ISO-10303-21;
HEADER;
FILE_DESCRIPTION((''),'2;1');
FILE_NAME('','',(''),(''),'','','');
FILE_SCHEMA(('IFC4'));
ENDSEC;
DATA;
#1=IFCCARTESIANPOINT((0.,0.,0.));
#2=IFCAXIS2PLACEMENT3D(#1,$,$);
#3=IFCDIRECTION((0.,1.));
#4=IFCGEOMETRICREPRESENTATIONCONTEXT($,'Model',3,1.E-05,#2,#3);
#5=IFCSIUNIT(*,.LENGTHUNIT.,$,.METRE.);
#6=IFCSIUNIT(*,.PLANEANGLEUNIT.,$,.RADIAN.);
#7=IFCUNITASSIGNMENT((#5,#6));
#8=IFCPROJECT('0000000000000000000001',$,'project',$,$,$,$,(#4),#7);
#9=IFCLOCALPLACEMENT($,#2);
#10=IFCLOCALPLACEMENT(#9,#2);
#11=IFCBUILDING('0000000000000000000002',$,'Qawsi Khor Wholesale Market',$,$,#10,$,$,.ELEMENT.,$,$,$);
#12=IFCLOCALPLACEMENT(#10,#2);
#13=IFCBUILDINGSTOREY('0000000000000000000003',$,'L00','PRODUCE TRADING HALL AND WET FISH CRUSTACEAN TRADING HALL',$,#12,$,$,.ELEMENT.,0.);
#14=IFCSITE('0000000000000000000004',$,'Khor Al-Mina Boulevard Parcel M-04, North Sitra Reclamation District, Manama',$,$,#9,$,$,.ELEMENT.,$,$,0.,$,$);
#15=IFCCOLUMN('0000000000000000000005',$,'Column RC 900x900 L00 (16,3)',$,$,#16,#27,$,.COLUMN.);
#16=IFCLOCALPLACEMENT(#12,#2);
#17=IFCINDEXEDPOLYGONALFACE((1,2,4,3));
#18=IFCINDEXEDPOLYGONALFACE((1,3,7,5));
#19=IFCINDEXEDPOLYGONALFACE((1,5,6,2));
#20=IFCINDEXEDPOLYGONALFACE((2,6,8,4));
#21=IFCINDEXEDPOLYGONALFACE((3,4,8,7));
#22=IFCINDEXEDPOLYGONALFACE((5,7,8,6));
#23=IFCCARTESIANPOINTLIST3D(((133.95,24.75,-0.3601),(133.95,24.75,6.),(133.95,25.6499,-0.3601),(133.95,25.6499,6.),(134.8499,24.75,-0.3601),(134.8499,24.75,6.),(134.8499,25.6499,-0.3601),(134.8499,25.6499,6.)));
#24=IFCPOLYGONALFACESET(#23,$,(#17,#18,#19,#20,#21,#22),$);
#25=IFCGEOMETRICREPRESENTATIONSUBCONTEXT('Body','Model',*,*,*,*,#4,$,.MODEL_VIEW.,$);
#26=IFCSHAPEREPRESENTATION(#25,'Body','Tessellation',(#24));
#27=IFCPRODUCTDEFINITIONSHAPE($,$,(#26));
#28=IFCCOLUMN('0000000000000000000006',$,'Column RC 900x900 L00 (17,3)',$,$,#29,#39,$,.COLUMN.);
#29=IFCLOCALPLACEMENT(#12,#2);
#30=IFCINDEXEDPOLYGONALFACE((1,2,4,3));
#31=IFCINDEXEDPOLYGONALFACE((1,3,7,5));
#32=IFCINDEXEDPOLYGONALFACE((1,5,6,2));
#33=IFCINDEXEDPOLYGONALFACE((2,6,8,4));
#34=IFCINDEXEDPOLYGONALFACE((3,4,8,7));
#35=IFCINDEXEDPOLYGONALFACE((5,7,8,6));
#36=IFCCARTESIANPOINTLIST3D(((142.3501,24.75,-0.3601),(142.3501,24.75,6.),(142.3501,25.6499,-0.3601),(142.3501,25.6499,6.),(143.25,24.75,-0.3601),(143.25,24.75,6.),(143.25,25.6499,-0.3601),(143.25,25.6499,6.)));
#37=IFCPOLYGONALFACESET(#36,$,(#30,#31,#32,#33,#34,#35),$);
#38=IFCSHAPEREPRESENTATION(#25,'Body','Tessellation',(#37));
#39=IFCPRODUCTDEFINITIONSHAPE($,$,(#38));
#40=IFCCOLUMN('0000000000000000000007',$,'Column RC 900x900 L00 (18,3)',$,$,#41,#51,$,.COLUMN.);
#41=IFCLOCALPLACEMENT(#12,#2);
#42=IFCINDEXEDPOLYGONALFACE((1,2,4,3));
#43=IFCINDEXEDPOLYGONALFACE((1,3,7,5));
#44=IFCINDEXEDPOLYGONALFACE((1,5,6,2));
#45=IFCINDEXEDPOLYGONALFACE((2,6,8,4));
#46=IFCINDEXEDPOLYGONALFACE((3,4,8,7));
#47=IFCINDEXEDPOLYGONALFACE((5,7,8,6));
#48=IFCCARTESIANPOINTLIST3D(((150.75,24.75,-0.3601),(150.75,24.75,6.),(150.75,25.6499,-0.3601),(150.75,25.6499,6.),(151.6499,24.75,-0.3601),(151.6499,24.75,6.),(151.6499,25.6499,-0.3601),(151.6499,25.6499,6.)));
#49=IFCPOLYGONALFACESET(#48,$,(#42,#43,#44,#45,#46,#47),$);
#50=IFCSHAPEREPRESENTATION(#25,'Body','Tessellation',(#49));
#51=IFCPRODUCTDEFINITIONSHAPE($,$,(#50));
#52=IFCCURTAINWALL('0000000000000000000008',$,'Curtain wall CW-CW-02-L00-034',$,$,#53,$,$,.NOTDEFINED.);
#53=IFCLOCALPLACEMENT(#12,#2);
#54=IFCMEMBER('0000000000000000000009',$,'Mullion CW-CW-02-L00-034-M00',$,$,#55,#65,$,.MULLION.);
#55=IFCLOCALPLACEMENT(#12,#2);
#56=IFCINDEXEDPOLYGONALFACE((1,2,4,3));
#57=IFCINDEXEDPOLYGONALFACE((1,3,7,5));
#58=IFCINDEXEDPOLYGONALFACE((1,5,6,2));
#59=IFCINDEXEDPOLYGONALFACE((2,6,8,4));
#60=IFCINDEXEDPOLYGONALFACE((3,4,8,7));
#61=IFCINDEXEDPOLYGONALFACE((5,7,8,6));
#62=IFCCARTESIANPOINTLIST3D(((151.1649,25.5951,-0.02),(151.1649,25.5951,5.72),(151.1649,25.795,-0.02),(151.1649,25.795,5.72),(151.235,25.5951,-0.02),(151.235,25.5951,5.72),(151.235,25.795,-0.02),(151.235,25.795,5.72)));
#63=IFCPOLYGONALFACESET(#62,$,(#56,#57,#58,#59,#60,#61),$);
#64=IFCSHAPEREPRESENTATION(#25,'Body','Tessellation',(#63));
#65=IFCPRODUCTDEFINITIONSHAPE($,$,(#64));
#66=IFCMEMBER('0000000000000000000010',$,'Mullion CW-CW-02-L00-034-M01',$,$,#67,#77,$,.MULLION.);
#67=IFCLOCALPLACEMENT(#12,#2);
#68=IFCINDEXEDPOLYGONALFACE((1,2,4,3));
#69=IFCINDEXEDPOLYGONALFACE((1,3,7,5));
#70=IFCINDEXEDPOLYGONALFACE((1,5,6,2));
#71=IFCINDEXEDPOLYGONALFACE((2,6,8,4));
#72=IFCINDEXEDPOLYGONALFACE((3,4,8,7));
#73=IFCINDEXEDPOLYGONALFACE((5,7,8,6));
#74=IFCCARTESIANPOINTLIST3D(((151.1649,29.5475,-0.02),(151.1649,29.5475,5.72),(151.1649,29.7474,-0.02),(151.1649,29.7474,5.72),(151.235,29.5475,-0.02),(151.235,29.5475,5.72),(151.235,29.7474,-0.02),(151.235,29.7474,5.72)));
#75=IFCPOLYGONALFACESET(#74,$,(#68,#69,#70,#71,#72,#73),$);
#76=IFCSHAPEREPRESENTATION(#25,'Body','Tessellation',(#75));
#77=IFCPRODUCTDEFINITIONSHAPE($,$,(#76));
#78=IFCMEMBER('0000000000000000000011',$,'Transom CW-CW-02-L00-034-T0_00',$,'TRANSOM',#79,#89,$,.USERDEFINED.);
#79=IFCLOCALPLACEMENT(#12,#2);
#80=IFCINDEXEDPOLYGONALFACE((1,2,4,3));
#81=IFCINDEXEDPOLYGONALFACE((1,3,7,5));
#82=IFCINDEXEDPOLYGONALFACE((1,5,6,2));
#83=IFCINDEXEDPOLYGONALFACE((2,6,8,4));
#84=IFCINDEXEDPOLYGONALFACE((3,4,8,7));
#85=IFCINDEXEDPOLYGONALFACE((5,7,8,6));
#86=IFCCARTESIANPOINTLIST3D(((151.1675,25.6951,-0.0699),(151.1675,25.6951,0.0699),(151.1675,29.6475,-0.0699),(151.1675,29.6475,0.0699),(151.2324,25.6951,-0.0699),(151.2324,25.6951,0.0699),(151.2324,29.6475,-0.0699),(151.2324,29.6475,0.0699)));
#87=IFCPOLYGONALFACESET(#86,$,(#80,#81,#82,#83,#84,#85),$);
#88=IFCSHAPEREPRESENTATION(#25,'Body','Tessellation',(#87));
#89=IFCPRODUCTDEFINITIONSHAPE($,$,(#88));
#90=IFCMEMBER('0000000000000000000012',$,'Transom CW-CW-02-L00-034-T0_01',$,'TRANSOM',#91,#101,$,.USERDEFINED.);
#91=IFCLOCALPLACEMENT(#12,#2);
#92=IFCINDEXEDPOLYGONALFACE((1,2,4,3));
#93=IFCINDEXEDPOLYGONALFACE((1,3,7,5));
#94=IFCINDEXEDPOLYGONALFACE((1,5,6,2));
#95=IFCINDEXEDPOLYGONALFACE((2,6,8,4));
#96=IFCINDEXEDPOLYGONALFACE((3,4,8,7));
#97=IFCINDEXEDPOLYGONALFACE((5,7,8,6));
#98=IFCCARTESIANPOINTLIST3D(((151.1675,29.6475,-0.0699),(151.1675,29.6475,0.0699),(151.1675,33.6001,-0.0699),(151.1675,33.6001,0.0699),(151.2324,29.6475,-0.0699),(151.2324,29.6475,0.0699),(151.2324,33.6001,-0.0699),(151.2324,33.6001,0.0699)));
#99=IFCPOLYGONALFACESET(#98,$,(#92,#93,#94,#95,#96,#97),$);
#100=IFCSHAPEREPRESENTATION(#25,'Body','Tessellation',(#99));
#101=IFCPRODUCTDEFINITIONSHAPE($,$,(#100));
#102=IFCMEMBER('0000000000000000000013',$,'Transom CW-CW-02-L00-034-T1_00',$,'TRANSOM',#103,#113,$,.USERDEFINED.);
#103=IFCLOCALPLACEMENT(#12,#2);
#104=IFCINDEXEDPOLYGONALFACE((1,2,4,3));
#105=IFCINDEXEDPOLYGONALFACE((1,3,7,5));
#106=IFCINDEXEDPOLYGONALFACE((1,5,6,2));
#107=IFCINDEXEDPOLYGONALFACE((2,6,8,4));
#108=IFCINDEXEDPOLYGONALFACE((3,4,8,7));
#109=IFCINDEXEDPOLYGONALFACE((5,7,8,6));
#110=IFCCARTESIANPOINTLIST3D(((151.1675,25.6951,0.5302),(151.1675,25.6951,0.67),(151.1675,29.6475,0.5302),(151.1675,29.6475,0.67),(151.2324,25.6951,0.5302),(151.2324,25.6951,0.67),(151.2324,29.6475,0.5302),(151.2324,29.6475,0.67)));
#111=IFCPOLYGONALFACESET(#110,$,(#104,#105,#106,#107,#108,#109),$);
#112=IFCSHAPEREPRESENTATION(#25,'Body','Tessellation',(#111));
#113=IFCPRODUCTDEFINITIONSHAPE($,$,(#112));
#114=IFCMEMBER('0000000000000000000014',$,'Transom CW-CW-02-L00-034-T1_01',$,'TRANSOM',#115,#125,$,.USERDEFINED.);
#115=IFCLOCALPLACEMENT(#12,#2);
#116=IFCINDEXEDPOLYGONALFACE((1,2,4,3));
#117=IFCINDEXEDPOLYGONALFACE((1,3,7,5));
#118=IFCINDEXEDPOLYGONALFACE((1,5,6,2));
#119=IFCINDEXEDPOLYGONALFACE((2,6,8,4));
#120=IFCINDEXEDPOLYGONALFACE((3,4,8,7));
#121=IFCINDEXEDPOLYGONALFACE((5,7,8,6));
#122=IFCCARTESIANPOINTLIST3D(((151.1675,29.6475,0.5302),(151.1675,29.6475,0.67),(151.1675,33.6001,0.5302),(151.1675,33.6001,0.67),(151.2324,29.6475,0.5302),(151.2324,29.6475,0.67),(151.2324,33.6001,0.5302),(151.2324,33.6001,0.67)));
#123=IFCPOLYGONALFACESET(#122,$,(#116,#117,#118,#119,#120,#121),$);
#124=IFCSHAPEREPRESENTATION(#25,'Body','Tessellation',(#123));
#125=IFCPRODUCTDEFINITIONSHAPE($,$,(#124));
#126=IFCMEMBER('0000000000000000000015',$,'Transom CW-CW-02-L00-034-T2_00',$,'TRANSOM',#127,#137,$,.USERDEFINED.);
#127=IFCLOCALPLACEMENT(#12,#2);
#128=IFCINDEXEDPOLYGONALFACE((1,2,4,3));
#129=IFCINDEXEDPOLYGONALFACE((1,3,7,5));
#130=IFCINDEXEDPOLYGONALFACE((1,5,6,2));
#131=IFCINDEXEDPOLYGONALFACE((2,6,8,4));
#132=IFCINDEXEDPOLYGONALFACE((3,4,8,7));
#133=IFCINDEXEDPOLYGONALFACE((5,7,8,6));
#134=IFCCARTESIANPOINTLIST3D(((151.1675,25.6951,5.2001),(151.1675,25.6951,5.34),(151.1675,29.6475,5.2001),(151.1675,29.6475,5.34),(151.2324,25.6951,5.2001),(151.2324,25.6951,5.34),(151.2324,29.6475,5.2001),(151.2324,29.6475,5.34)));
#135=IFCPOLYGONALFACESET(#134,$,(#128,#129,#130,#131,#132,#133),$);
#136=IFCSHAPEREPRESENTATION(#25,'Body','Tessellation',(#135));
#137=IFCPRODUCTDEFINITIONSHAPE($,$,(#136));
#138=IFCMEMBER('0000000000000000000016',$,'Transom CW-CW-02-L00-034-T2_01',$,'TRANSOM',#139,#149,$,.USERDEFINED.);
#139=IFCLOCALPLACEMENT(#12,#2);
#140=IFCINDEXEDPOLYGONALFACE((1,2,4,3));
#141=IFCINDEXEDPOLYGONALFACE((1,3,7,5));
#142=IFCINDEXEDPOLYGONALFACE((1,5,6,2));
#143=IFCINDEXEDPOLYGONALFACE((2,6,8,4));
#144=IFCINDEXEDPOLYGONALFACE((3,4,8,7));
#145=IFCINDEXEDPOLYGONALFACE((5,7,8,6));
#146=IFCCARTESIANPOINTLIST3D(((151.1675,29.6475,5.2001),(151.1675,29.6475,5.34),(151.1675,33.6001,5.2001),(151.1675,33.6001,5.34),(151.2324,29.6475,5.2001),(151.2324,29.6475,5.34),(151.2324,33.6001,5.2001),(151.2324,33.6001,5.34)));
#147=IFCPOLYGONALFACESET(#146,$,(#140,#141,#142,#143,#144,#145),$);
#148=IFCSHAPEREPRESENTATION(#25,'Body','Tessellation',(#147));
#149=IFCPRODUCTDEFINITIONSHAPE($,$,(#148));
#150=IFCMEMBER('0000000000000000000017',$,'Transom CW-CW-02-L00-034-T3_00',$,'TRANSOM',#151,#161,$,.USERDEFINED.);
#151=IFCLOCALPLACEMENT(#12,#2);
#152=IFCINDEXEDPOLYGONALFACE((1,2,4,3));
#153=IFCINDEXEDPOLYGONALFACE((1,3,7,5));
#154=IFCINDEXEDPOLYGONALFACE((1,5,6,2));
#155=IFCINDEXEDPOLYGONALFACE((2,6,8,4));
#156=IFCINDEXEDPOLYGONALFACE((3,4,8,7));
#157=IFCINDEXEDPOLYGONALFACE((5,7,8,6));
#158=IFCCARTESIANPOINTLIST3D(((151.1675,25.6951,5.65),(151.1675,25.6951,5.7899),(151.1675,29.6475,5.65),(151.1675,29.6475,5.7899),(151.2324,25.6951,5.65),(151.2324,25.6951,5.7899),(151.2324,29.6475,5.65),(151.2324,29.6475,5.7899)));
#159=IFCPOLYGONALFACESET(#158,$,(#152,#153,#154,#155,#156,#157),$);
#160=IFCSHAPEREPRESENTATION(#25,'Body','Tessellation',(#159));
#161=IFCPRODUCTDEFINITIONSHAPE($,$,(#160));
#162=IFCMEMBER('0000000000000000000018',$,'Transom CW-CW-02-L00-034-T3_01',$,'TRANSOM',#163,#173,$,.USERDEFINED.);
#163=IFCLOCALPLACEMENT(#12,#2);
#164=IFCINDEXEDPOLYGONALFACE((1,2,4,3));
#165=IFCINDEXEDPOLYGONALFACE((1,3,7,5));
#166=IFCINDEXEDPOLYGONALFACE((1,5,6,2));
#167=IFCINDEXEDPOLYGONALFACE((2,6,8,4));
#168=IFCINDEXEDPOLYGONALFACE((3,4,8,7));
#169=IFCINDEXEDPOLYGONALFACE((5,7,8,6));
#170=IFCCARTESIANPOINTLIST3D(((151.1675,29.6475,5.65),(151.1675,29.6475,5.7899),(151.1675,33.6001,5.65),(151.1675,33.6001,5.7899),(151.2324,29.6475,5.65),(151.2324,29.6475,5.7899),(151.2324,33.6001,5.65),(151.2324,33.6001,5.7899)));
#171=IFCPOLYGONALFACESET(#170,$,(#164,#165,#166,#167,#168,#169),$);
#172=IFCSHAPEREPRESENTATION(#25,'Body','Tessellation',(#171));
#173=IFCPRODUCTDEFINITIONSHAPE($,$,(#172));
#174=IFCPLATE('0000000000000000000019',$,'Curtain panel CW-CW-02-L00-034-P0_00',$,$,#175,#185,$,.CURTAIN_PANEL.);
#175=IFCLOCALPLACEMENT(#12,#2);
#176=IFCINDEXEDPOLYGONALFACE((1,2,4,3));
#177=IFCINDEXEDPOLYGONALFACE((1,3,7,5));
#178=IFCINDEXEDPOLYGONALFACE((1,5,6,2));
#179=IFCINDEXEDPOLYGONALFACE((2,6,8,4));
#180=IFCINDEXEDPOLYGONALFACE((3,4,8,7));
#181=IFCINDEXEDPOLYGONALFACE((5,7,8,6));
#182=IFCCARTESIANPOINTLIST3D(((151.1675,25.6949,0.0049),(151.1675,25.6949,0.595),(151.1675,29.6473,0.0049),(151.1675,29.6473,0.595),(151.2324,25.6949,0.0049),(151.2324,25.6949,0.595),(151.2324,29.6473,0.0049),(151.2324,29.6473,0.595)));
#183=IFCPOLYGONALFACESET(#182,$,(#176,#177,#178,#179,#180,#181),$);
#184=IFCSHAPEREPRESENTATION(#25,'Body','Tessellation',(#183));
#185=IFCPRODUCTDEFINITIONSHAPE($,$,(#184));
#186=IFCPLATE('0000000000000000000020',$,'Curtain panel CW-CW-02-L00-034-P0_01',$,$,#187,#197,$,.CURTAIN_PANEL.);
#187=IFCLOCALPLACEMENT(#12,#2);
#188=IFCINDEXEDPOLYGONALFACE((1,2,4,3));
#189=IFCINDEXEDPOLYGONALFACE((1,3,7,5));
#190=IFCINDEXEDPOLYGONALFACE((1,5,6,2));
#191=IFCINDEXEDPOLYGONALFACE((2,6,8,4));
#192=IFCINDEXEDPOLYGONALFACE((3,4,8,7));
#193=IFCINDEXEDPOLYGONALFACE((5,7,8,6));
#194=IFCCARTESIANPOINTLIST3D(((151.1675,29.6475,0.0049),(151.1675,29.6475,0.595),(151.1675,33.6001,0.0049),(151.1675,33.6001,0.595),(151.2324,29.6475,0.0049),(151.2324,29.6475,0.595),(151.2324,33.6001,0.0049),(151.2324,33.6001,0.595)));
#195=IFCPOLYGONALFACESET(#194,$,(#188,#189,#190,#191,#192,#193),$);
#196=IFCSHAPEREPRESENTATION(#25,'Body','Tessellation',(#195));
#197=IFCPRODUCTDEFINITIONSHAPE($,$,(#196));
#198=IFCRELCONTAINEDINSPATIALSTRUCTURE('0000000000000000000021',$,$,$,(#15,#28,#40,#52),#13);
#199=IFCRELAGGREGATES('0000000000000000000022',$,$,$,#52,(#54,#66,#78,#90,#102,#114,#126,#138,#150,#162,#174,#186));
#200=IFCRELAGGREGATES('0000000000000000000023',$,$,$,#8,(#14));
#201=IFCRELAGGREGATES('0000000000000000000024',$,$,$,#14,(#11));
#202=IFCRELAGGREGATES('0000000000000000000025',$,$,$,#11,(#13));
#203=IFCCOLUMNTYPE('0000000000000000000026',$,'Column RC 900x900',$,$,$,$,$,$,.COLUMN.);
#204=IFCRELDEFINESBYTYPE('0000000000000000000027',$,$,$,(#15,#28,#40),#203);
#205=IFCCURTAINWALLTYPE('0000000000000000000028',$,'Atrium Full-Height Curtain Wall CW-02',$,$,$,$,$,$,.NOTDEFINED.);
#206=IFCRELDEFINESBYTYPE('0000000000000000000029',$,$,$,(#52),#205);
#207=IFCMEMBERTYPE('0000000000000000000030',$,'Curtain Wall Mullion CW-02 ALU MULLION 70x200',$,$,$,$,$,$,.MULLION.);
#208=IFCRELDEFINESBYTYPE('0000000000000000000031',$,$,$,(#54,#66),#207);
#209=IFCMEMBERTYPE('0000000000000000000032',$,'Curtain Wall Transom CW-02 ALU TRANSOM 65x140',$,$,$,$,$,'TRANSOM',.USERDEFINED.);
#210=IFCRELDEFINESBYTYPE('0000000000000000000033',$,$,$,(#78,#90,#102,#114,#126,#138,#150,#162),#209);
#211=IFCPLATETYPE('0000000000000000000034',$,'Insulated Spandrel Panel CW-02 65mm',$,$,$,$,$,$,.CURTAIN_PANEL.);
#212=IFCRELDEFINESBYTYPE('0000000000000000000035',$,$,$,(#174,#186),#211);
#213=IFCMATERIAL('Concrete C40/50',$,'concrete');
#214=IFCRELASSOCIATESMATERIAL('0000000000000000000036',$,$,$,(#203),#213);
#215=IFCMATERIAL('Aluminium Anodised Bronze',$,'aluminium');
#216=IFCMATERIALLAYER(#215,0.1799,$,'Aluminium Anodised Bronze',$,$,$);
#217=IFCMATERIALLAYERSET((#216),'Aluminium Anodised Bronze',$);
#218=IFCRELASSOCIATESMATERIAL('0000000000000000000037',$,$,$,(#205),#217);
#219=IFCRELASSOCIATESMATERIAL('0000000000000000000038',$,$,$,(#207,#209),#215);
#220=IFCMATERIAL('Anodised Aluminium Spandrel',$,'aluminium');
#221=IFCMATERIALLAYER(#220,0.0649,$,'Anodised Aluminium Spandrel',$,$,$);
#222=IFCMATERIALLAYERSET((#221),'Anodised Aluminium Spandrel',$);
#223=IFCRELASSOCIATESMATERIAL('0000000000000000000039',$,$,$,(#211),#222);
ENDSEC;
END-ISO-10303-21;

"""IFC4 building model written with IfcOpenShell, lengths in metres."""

from ifc_helpers import new_model, si_unit, direction, frame, frame_2d, origin, origin_2d, place, context, subcontext, project, spatial, rectangle, extrude, material, layer, layer_set, material_profile, profile_set, type_object, element, aggregate, save


model = new_model("IFC4")

# Units and contexts
model_context = context("Model", 3, precision=1e-05, world=origin(), true_north=direction((0.0, 1.0)))
body_context = subcontext(model_context, "Body", "Model", "MODEL_VIEW")
ifc_project = project(units=[si_unit("LENGTHUNIT", "METRE"), si_unit("PLANEANGLEUNIT", "RADIAN")], contexts=[model_context])

# Site, building, storey
site_placement = place(None, origin())
site = spatial("IfcSite", under=ifc_project, at=site_placement, Name="Khor Al-Mina Boulevard Parcel M-04, North Sitra Reclamation District, Manama", CompositionType="ELEMENT", RefElevation=0.0)
building_placement = place(site_placement, origin())
building = spatial("IfcBuilding", under=site, at=building_placement, Name="Qawsi Khor Wholesale Market", CompositionType="ELEMENT")
storey_placement = place(building_placement, origin())
storey = spatial("IfcBuildingStorey", under=building, at=storey_placement, Name="L00", Description="PRODUCE TRADING HALL AND WET FISH CRUSTACEAN TRADING HALL", CompositionType="ELEMENT", Elevation=0.0)

# Columns
ifc_material_1 = material(Name="Concrete C40/50", Category="concrete")
ifc_material_profile_1 = material_profile(ifc_material_1, rectangle(XDim=0.8999, YDim=0.8999, at=origin_2d()), Name="RC 900x900")
ifc_profile_set_1 = profile_set([ifc_material_profile_1], Name="Concrete C40/50")
column_type = type_object("IfcColumnType", Name="Column RC 900x900", PredefinedType="COLUMN", material=ifc_profile_set_1)
for number, where, z_axis, x_axis, name in (
    (1, (134.3999, 25.2, -0.3601), (0.0, 0.0, 1.0), (1.0, 0.0, 0.0), "Column RC 900x900 L00 (16,3)"),
    (2, (142.8, 25.2, -0.3601), (0.0, 0.0, 1.0), (1.0, 0.0, 0.0), "Column RC 900x900 L00 (17,3)"),
    (3, (151.2, 25.2, -0.3601), (0.0, 0.0, 1.0), (1.0, 0.0, 0.0), "Column RC 900x900 L00 (18,3)"),
):
    element("IfcColumn", number, at=place(storey_placement, frame(where, z_axis=z_axis, x_axis=x_axis)), inside=storey, type_object=column_type, Name=name, PredefinedType="COLUMN", context=body_context, shape_type="SweptSolid", body=[
        extrude(rectangle(XDim=0.8999, YDim=0.8999, at=origin_2d()), origin(), (0.0, 0.0, 1.0), 6.3601),
    ])

# Curtain wall, members, plates
ifc_material_2 = material(Name="Aluminium Anodised Bronze", Category="aluminium")
ifc_layer_1 = layer(ifc_material_2, 0.1799, Name="Aluminium Anodised Bronze")
ifc_layer_set_1 = layer_set([ifc_layer_1], Name="Aluminium Anodised Bronze")
curtain_wall_type = type_object("IfcCurtainWallType", Name="Atrium Full-Height Curtain Wall CW-02", PredefinedType="NOTDEFINED", material=ifc_layer_set_1)
curtain_wall_placement = place(storey_placement, origin())
curtain_wall = element("IfcCurtainWall", 4, at=curtain_wall_placement, inside=storey, type_object=curtain_wall_type, Name="Curtain wall CW-CW-02-L00-034", PredefinedType="NOTDEFINED")
ifc_material_profile_2 = material_profile(ifc_material_2, rectangle(XDim=0.0701, YDim=0.2, at=origin_2d()), Name="ALU MULLION 70x200")
ifc_profile_set_2 = profile_set([ifc_material_profile_2], Name="Aluminium Anodised Bronze")
member_type_1 = type_object("IfcMemberType", Name="Curtain Wall Mullion CW-02 ALU MULLION 70x200", PredefinedType="MULLION", material=ifc_profile_set_2)
member_1_placement = place(storey_placement, frame((151.2, 25.6951, -0.02), z_axis=(0.0, 0.0, 1.0), x_axis=(1.0, 0.0, 0.0)))
member_1 = element("IfcMember", 5, at=member_1_placement, type_object=member_type_1, Name="Mullion CW-CW-02-L00-034-M00", PredefinedType="MULLION", context=body_context, shape_type="SweptSolid", body=[
    extrude(rectangle(XDim=0.0701, YDim=0.2, at=origin_2d()), origin(), (0.0, 0.0, 1.0), 5.74),
])
member_2_placement = place(storey_placement, frame((151.2, 29.6475, -0.02), z_axis=(0.0, 0.0, 1.0), x_axis=(1.0, 0.0, 0.0)))
member_2 = element("IfcMember", 6, at=member_2_placement, type_object=member_type_1, Name="Mullion CW-CW-02-L00-034-M01", PredefinedType="MULLION", context=body_context, shape_type="SweptSolid", body=[
    extrude(rectangle(XDim=0.0701, YDim=0.2, at=origin_2d()), origin(), (0.0, 0.0, 1.0), 5.74),
])
ifc_material_profile_3 = material_profile(ifc_material_2, rectangle(XDim=0.0649, YDim=0.1399, at=origin_2d()), Name="ALU TRANSOM 65x140")
ifc_profile_set_3 = profile_set([ifc_material_profile_3], Name="Aluminium Anodised Bronze")
member_type_2 = type_object("IfcMemberType", Name="Curtain Wall Transom CW-02 ALU TRANSOM 65x140", ElementType="TRANSOM", PredefinedType="USERDEFINED", material=ifc_profile_set_3)
member_3_placement = place(storey_placement, frame((151.2, 25.6951, 0.0), z_axis=(0.0, 1.0, 0.0), x_axis=(-1.0, 0.0, 0.0)))
member_3 = element("IfcMember", 7, at=member_3_placement, type_object=member_type_2, Name="Transom CW-CW-02-L00-034-T0_00", ObjectType="TRANSOM", PredefinedType="USERDEFINED", context=body_context, shape_type="SweptSolid", body=[
    extrude(rectangle(XDim=0.0649, YDim=0.1399, at=origin_2d()), origin(), (0.0, 0.0, 1.0), 3.9524),
])
member_4_placement = place(storey_placement, frame((151.2, 29.6475, 0.0), z_axis=(0.0, 1.0, 0.0), x_axis=(-1.0, 0.0, 0.0)))
member_4 = element("IfcMember", 8, at=member_4_placement, type_object=member_type_2, Name="Transom CW-CW-02-L00-034-T0_01", ObjectType="TRANSOM", PredefinedType="USERDEFINED", context=body_context, shape_type="SweptSolid", body=[
    extrude(rectangle(XDim=0.0649, YDim=0.1399, at=origin_2d()), origin(), (0.0, 0.0, 1.0), 3.9526),
])
member_5_placement = place(storey_placement, frame((151.2, 25.6951, 0.6001), z_axis=(0.0, 1.0, 0.0), x_axis=(-1.0, 0.0, 0.0)))
member_5 = element("IfcMember", 9, at=member_5_placement, type_object=member_type_2, Name="Transom CW-CW-02-L00-034-T1_00", ObjectType="TRANSOM", PredefinedType="USERDEFINED", context=body_context, shape_type="SweptSolid", body=[
    extrude(rectangle(XDim=0.0649, YDim=0.1399, at=origin_2d()), origin(), (0.0, 0.0, 1.0), 3.9524),
])
member_6_placement = place(storey_placement, frame((151.2, 29.6475, 0.6001), z_axis=(0.0, 1.0, 0.0), x_axis=(-1.0, 0.0, 0.0)))
member_6 = element("IfcMember", 10, at=member_6_placement, type_object=member_type_2, Name="Transom CW-CW-02-L00-034-T1_01", ObjectType="TRANSOM", PredefinedType="USERDEFINED", context=body_context, shape_type="SweptSolid", body=[
    extrude(rectangle(XDim=0.0649, YDim=0.1399, at=origin_2d()), origin(), (0.0, 0.0, 1.0), 3.9526),
])
member_7_placement = place(storey_placement, frame((151.2, 25.6951, 5.27), z_axis=(0.0, 1.0, 0.0), x_axis=(-1.0, 0.0, 0.0)))
member_7 = element("IfcMember", 11, at=member_7_placement, type_object=member_type_2, Name="Transom CW-CW-02-L00-034-T2_00", ObjectType="TRANSOM", PredefinedType="USERDEFINED", context=body_context, shape_type="SweptSolid", body=[
    extrude(rectangle(XDim=0.0649, YDim=0.1399, at=origin_2d()), origin(), (0.0, 0.0, 1.0), 3.9524),
])
member_8_placement = place(storey_placement, frame((151.2, 29.6475, 5.27), z_axis=(0.0, 1.0, 0.0), x_axis=(-1.0, 0.0, 0.0)))
member_8 = element("IfcMember", 12, at=member_8_placement, type_object=member_type_2, Name="Transom CW-CW-02-L00-034-T2_01", ObjectType="TRANSOM", PredefinedType="USERDEFINED", context=body_context, shape_type="SweptSolid", body=[
    extrude(rectangle(XDim=0.0649, YDim=0.1399, at=origin_2d()), origin(), (0.0, 0.0, 1.0), 3.9526),
])
member_9_placement = place(storey_placement, frame((151.2, 25.6951, 5.72), z_axis=(0.0, 1.0, 0.0), x_axis=(-1.0, 0.0, 0.0)))
member_9 = element("IfcMember", 13, at=member_9_placement, type_object=member_type_2, Name="Transom CW-CW-02-L00-034-T3_00", ObjectType="TRANSOM", PredefinedType="USERDEFINED", context=body_context, shape_type="SweptSolid", body=[
    extrude(rectangle(XDim=0.0649, YDim=0.1399, at=origin_2d()), origin(), (0.0, 0.0, 1.0), 3.9524),
])
member_10_placement = place(storey_placement, frame((151.2, 29.6475, 5.72), z_axis=(0.0, 1.0, 0.0), x_axis=(-1.0, 0.0, 0.0)))
member_10 = element("IfcMember", 14, at=member_10_placement, type_object=member_type_2, Name="Transom CW-CW-02-L00-034-T3_01", ObjectType="TRANSOM", PredefinedType="USERDEFINED", context=body_context, shape_type="SweptSolid", body=[
    extrude(rectangle(XDim=0.0649, YDim=0.1399, at=origin_2d()), origin(), (0.0, 0.0, 1.0), 3.9526),
])
ifc_material_3 = material(Name="Anodised Aluminium Spandrel", Category="aluminium")
ifc_layer_2 = layer(ifc_material_3, 0.0649, Name="Anodised Aluminium Spandrel")
ifc_layer_set_2 = layer_set([ifc_layer_2], Name="Anodised Aluminium Spandrel")
plate_type_1 = type_object("IfcPlateType", Name="Insulated Spandrel Panel CW-02 65mm", PredefinedType="CURTAIN_PANEL", material=ifc_layer_set_2)
plate_1_placement = place(storey_placement, frame((151.2, 25.6951, 0.0049), z_axis=(0.0, 0.0, 1.0), x_axis=(0.0, 1.0, 0.0)))
plate_1 = element("IfcPlate", 15, at=plate_1_placement, type_object=plate_type_1, Name="Curtain panel CW-CW-02-L00-034-P0_00", PredefinedType="CURTAIN_PANEL", context=body_context, shape_type="SweptSolid", body=[
    extrude(rectangle(XDim=3.9524, YDim=0.0649, at=frame_2d((1.9761, 0.0))), origin(), (0.0, 0.0, 1.0), 0.5901),
])
plate_2_placement = place(storey_placement, frame((151.2, 29.6475, 0.0049), z_axis=(0.0, 0.0, 1.0), x_axis=(0.0, 1.0, 0.0)))
plate_2 = element("IfcPlate", 16, at=plate_2_placement, type_object=plate_type_1, Name="Curtain panel CW-CW-02-L00-034-P0_01", PredefinedType="CURTAIN_PANEL", context=body_context, shape_type="SweptSolid", body=[
    extrude(rectangle(XDim=3.9526, YDim=0.0649, at=frame_2d((1.9763, 0.0))), origin(), (0.0, 0.0, 1.0), 0.5901),
])
aggregate(curtain_wall, [member_1, member_2, member_3, member_4, member_5, member_6, member_7, member_8, member_9, member_10, plate_1, plate_2])

save(model, "model.ifc")
